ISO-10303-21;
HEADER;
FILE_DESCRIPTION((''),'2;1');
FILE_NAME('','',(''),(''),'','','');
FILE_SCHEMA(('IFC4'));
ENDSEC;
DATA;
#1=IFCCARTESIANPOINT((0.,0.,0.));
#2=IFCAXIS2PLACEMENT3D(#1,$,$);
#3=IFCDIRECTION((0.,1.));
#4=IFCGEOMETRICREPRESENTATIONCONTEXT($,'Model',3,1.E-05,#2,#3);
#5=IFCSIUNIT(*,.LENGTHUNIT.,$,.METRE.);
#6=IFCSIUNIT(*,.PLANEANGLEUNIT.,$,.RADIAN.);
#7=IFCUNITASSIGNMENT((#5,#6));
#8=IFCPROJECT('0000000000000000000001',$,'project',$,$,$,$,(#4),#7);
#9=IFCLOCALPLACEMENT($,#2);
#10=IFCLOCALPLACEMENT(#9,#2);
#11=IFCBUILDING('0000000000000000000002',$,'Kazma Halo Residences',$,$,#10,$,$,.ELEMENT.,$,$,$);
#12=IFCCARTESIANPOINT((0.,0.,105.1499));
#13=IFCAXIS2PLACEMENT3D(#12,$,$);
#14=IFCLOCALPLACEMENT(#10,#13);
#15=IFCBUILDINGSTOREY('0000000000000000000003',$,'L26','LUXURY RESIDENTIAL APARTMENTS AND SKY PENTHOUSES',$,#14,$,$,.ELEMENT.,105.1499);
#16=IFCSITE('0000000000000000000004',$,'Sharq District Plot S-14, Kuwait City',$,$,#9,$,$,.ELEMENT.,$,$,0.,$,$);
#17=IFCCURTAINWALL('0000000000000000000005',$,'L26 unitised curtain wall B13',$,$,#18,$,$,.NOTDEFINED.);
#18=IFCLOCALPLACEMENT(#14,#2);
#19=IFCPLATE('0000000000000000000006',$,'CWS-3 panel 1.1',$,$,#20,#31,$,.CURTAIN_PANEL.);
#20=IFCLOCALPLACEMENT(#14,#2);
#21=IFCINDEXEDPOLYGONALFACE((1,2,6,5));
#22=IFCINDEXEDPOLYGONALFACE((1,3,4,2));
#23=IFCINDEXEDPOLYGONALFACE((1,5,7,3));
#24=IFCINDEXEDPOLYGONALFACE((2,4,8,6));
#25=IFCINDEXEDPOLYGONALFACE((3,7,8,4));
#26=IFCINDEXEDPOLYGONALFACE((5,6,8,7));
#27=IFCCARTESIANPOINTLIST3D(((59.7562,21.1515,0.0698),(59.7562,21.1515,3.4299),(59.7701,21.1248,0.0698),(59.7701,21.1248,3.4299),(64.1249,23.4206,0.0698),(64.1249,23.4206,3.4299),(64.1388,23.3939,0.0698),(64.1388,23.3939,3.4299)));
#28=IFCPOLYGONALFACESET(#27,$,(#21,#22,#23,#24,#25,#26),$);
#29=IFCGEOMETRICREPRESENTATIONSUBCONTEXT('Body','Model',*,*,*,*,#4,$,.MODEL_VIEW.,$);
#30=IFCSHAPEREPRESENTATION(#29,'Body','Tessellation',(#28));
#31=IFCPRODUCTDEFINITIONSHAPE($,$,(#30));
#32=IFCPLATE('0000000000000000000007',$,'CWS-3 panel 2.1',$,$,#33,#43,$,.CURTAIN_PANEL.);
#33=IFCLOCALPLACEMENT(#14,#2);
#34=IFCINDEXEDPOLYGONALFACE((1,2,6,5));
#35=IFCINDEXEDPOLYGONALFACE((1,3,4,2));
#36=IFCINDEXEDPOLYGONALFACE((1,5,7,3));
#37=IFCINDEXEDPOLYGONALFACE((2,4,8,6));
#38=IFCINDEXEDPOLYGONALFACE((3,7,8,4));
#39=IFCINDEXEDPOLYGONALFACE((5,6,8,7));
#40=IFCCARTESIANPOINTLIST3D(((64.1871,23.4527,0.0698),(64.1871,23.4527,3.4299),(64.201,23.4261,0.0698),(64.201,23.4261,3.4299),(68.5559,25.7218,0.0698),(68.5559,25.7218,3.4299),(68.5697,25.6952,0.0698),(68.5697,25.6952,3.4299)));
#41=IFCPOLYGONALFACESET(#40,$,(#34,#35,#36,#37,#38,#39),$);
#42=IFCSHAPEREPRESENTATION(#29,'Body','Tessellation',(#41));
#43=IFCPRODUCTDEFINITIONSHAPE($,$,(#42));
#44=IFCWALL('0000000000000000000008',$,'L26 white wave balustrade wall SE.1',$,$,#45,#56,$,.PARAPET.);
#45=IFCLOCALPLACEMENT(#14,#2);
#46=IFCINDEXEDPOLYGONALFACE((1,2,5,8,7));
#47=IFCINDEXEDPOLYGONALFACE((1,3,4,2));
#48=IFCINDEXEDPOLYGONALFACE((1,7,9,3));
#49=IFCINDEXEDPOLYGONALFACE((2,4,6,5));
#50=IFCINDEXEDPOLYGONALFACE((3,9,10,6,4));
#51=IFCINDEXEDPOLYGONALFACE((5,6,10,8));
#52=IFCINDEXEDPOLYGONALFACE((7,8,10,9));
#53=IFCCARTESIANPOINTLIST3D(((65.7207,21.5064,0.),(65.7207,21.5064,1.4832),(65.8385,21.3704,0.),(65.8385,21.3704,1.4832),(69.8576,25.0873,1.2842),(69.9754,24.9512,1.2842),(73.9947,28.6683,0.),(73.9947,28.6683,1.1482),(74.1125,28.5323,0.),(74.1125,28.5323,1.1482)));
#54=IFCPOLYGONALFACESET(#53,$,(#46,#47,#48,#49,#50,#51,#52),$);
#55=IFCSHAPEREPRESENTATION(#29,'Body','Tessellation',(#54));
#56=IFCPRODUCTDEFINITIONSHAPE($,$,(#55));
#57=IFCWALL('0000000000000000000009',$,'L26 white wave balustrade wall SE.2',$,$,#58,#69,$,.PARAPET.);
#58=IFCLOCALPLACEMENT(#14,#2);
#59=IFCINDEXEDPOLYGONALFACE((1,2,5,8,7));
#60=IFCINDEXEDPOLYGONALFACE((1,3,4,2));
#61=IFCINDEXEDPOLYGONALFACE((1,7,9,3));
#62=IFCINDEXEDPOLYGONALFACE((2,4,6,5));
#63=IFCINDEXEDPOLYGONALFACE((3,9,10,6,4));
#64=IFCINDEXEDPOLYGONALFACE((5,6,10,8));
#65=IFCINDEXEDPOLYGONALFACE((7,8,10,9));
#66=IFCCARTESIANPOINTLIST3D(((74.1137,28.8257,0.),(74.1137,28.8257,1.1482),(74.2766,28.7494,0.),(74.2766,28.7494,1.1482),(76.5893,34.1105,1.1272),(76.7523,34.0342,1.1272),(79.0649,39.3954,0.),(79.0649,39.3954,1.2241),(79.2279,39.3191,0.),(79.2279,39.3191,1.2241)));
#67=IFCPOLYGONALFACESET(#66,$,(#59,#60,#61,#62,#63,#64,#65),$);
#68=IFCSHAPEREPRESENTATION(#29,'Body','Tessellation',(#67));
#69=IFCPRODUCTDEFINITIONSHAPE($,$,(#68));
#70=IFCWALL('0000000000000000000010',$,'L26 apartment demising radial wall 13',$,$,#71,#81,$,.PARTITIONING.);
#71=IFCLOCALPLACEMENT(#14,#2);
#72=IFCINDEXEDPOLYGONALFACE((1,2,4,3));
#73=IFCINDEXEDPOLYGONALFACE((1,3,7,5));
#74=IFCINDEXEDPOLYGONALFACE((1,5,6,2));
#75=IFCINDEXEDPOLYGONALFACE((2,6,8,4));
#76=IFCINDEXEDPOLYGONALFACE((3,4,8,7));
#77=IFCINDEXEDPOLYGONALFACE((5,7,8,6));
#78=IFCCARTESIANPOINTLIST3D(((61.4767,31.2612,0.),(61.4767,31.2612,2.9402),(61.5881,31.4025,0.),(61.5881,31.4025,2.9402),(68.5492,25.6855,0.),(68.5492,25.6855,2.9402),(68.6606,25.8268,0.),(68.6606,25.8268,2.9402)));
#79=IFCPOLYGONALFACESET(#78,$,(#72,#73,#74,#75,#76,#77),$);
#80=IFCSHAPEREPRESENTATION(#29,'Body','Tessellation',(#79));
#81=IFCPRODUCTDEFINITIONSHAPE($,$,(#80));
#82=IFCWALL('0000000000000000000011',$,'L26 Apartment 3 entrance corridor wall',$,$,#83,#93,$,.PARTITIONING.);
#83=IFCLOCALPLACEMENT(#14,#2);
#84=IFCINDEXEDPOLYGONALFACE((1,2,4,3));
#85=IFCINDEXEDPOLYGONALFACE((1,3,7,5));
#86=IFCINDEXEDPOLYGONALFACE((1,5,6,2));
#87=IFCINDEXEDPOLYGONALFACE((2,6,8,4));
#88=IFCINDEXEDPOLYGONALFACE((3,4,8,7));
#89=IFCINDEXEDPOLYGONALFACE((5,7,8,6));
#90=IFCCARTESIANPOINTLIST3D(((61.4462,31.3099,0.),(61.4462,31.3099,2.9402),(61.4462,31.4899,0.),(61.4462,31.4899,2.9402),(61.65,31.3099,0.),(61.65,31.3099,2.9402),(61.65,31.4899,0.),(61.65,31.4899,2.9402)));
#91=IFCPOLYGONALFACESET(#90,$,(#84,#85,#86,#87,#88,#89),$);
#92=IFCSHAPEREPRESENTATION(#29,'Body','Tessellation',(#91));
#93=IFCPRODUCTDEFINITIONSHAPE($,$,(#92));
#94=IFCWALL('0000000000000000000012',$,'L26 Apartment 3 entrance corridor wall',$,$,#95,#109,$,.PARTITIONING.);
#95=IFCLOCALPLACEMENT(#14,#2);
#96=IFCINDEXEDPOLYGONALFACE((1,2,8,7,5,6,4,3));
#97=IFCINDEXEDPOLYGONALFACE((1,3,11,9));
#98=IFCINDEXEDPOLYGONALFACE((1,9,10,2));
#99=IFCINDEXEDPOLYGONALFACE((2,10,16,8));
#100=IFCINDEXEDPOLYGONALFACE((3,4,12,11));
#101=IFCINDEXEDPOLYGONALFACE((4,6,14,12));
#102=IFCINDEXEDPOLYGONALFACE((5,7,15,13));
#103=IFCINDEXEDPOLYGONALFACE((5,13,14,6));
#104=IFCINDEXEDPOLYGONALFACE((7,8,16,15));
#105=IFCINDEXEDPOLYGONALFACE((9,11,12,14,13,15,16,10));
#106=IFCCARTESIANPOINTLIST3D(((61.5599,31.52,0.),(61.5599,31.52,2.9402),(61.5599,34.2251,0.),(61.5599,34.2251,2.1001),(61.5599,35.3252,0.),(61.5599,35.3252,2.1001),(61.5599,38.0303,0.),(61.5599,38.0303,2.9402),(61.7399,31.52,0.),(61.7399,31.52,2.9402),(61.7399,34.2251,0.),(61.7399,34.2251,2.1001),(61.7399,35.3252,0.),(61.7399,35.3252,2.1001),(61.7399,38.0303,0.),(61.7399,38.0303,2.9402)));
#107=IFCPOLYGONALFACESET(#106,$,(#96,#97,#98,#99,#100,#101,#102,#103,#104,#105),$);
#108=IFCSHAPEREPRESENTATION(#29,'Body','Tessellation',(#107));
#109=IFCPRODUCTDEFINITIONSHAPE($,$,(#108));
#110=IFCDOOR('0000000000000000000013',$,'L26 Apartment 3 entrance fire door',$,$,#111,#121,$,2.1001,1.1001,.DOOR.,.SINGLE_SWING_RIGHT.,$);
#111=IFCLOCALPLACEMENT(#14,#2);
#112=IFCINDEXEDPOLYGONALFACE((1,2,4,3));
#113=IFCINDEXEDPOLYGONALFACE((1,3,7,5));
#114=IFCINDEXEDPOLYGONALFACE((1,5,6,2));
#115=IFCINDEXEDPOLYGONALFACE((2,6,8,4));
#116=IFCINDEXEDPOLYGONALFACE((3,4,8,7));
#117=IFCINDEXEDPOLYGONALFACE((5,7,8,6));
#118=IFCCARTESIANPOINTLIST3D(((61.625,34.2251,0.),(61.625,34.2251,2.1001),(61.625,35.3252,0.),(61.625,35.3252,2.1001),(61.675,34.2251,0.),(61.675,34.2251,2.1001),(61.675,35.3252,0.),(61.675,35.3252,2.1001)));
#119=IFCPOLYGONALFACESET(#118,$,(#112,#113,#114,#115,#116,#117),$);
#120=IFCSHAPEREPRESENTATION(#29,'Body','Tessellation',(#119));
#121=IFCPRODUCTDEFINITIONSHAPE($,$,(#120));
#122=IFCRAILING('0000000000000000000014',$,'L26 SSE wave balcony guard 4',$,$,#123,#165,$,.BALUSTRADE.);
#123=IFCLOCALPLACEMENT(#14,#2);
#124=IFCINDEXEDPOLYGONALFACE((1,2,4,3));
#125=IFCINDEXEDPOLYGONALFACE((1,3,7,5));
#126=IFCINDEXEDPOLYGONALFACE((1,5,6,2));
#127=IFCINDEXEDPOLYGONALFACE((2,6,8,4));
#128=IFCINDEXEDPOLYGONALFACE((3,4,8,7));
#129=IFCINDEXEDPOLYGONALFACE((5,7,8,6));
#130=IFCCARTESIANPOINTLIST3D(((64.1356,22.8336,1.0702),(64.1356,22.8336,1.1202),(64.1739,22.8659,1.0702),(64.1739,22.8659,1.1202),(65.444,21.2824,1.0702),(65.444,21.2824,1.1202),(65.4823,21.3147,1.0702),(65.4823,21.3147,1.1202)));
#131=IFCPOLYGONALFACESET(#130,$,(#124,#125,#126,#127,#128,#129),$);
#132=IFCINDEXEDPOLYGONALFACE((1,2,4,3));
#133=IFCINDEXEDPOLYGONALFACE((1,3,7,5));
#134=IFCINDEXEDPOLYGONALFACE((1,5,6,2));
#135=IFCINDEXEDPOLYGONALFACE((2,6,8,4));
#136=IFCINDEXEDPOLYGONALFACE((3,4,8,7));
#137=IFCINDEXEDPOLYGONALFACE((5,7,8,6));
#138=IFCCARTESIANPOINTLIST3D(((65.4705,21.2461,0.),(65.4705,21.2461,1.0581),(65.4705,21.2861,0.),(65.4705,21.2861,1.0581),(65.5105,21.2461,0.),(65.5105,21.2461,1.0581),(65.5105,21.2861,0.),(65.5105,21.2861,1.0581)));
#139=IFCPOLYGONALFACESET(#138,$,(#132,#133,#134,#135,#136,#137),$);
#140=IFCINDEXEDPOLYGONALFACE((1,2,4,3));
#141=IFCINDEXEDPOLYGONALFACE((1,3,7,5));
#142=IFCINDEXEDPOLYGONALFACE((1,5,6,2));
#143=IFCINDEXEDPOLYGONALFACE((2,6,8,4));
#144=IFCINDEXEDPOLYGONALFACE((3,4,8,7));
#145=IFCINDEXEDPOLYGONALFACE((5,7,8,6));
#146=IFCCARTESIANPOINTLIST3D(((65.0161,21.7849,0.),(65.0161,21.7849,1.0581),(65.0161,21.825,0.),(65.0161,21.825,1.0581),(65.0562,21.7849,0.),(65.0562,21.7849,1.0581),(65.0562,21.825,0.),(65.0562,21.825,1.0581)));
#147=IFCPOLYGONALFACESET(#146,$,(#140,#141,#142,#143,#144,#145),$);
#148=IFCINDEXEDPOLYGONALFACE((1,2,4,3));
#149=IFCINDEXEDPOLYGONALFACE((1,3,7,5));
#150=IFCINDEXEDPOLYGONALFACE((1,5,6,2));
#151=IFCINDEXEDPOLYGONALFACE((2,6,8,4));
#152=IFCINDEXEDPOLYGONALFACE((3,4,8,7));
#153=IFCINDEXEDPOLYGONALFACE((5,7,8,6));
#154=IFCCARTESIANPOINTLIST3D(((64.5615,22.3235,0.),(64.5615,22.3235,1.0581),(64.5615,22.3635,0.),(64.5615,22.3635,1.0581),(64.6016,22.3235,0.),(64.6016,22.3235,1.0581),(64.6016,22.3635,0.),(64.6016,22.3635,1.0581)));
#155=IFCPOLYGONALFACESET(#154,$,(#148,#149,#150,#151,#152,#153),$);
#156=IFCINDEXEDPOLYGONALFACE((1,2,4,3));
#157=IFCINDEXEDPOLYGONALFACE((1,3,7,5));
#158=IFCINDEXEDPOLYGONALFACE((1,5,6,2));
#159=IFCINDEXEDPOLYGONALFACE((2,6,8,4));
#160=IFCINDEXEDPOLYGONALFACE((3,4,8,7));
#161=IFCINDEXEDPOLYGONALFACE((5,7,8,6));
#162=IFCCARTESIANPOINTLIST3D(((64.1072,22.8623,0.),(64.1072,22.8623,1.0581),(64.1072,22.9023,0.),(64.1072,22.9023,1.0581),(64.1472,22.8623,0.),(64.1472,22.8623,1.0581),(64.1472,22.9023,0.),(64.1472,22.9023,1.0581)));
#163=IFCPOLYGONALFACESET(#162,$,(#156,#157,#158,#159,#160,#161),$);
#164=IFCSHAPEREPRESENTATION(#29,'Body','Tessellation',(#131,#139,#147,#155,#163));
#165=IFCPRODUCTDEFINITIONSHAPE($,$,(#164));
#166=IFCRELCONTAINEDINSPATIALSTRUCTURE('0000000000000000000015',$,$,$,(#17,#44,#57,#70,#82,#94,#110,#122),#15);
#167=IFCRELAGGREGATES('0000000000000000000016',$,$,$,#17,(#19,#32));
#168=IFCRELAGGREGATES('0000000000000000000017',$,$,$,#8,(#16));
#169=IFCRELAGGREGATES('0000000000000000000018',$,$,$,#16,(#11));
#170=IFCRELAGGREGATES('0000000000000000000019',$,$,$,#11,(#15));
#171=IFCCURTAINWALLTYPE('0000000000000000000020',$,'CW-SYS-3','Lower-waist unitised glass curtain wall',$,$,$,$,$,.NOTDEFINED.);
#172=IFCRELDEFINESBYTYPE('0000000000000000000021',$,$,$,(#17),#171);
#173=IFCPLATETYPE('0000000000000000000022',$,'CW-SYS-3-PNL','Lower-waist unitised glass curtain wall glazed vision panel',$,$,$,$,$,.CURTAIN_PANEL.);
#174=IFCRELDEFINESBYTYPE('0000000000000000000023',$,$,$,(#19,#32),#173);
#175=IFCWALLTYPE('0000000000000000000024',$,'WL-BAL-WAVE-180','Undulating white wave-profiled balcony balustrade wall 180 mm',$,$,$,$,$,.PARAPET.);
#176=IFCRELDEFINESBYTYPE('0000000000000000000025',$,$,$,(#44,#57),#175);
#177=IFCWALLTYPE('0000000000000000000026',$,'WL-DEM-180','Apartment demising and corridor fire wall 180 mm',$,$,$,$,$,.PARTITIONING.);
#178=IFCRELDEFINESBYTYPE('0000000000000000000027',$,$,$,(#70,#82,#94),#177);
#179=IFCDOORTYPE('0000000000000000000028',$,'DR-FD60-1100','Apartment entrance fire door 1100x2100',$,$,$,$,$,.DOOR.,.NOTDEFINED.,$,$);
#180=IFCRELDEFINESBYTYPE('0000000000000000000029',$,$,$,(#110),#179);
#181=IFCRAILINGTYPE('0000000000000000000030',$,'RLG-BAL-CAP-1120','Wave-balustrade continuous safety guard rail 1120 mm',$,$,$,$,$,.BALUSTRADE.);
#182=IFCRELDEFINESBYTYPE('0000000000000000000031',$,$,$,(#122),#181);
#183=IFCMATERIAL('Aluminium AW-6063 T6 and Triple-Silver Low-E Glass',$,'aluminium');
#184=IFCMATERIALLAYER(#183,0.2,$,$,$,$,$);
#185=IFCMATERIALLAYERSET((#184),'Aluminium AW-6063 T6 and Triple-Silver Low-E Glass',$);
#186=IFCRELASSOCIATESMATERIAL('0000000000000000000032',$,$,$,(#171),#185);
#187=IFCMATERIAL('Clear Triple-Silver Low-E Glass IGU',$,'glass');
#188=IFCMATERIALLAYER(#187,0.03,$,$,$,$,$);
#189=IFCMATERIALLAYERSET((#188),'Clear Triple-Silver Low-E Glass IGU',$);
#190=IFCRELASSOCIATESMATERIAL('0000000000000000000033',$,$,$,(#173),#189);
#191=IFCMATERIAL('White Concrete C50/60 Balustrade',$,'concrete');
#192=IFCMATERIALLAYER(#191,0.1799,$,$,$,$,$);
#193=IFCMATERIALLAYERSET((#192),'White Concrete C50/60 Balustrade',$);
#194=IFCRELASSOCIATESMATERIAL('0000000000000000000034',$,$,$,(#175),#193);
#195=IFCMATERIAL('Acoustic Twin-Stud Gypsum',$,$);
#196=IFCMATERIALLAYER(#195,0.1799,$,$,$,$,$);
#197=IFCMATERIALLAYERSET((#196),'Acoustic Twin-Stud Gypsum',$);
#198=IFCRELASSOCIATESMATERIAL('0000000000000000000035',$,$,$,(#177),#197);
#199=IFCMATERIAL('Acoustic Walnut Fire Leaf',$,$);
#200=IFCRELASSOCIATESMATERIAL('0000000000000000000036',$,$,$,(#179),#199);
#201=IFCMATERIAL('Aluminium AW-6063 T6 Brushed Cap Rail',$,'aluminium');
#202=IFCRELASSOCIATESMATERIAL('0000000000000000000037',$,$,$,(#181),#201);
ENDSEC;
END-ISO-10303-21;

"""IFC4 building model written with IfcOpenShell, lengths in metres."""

from ifc_helpers import new_model, si_unit, direction, frame, frame_2d, origin, origin_2d, place, context, subcontext, project, spatial, polyline, rectangle, outline, extrude, material, layer, layer_set, type_object, element, fill, aggregate, save


model = new_model("IFC4")

# Units and contexts
model_context = context("Model", 3, precision=1e-05, world=origin(), true_north=direction((0.0, 1.0)))
body_context = subcontext(model_context, "Body", "Model", "MODEL_VIEW")
ifc_project = project(units=[si_unit("LENGTHUNIT", "METRE"), si_unit("PLANEANGLEUNIT", "RADIAN")], contexts=[model_context])

# Site, building, storey
site_placement = place(None, origin())
site = spatial("IfcSite", under=ifc_project, at=site_placement, Name="Sharq District Plot S-14, Kuwait City", CompositionType="ELEMENT", RefElevation=0.0)
building_placement = place(site_placement, origin())
building = spatial("IfcBuilding", under=site, at=building_placement, Name="Kazma Halo Residences", CompositionType="ELEMENT")
storey_placement = place(building_placement, frame((0.0, 0.0, 105.1499)))
storey = spatial("IfcBuildingStorey", under=building, at=storey_placement, Name="L26", Description="LUXURY RESIDENTIAL APARTMENTS AND SKY PENTHOUSES", CompositionType="ELEMENT", Elevation=105.1499)

# Curtain wall
ifc_material_1 = material(Name="Aluminium AW-6063 T6 and Triple-Silver Low-E Glass", Category="aluminium")
ifc_layer_1 = layer(ifc_material_1, 0.2)
ifc_layer_set_1 = layer_set([ifc_layer_1], Name="Aluminium AW-6063 T6 and Triple-Silver Low-E Glass")
curtain_wall_type = type_object("IfcCurtainWallType", Name="CW-SYS-3", Description="Lower-waist unitised glass curtain wall", PredefinedType="NOTDEFINED", material=ifc_layer_set_1)
curtain_wall_1_placement = place(storey_placement, origin())
curtain_wall_1 = element("IfcCurtainWall", 1, at=curtain_wall_1_placement, inside=storey, type_object=curtain_wall_type, Name="L26 unitised curtain wall B13", PredefinedType="NOTDEFINED")

# Plates
ifc_material_2 = material(Name="Clear Triple-Silver Low-E Glass IGU", Category="glass")
ifc_layer_2 = layer(ifc_material_2, 0.03)
ifc_layer_set_2 = layer_set([ifc_layer_2], Name="Clear Triple-Silver Low-E Glass IGU")
plate_type = type_object("IfcPlateType", Name="CW-SYS-3-PNL", Description="Lower-waist unitised glass curtain wall glazed vision panel", PredefinedType="CURTAIN_PANEL", material=ifc_layer_set_2)
plate_1_placement = place(storey_placement, frame((61.9475, 22.2727, 0.0698), z_axis=(0.0, 0.0, 1.0), x_axis=(0.887435, 0.460932, 0.0)))
plate_1 = element("IfcPlate", 2, at=plate_1_placement, type_object=plate_type, Name="CWS-3 panel 1.1", PredefinedType="CURTAIN_PANEL", context=body_context, shape_type="SweptSolid", body=[
    extrude(rectangle(XDim=4.9229, YDim=0.03, at=origin_2d()), origin(), (0.0, 0.0, 1.0), 3.3601),
])
plate_2_placement = place(storey_placement, frame((66.3784, 24.574, 0.0698), z_axis=(0.0, 0.0, 1.0), x_axis=(0.887435, 0.460932, 0.0)))
plate_2 = element("IfcPlate", 3, at=plate_2_placement, type_object=plate_type, Name="CWS-3 panel 2.1", PredefinedType="CURTAIN_PANEL", context=body_context, shape_type="SweptSolid", body=[
    extrude(rectangle(XDim=4.9229, YDim=0.03, at=origin_2d()), origin(), (0.0, 0.0, 1.0), 3.3601),
])
aggregate(curtain_wall_1, [plate_1, plate_2])

# Walls
ifc_material_3 = material(Name="White Concrete C50/60 Balustrade", Category="concrete")
ifc_layer_3 = layer(ifc_material_3, 0.1799)
ifc_layer_set_3 = layer_set([ifc_layer_3], Name="White Concrete C50/60 Balustrade")
wall_type_1 = type_object("IfcWallType", Name="WL-BAL-WAVE-180", Description="Undulating white wave-profiled balcony balustrade wall 180 mm", PredefinedType="PARAPET", material=ifc_layer_set_3)
wall_1_placement = place(storey_placement, frame((65.7795, 21.4385, 0.0), z_axis=(0.0, 0.0, 1.0), x_axis=(0.75609, 0.654468, 0.0)))
element("IfcWall", 4, at=wall_1_placement, inside=storey, type_object=wall_type_1, Name="L26 white wave balustrade wall SE.1", PredefinedType="PARAPET", context=body_context, shape_type="SweptSolid", body=[
    extrude(outline(polyline([(0.0, 0.0), (10.9431, 0.0), (10.9431, 1.1482), (5.4714, 1.2842), (0.0, 1.4832), (0.0, 0.0)])), frame((0.0, 0.0898, 0.0), z_axis=(0.0, -1.0, 0.0), x_axis=(1.0, 0.0, 0.0)), (0.0, 0.0, 1.0), 0.1799),
])
wall_2_placement = place(storey_placement, frame((74.1951, 28.7876, 0.0), z_axis=(0.0, 0.0, 1.0), x_axis=(0.424201, 0.905568, 0.0)))
element("IfcWall", 5, at=wall_2_placement, inside=storey, type_object=wall_type_1, Name="L26 white wave balustrade wall SE.2", PredefinedType="PARAPET", context=body_context, shape_type="SweptSolid", body=[
    extrude(outline(polyline([(0.0, 0.0), (11.6719, 0.0), (11.6719, 1.2241), (5.8359, 1.1272), (0.0, 1.1482), (0.0, 0.0)])), frame((0.0, 0.0898, 0.0), z_axis=(0.0, -1.0, 0.0), x_axis=(1.0, 0.0, 0.0)), (0.0, 0.0, 1.0), 0.1799),
])
ifc_material_4 = material(Name="Acoustic Twin-Stud Gypsum")
ifc_layer_4 = layer(ifc_material_4, 0.1799)
ifc_layer_set_4 = layer_set([ifc_layer_4], Name="Acoustic Twin-Stud Gypsum")
wall_type_2 = type_object("IfcWallType", Name="WL-DEM-180", Description="Apartment demising and corridor fire wall 180 mm", PredefinedType="PARTITIONING", material=ifc_layer_set_4)
wall_3_placement = place(storey_placement, frame((61.5325, 31.3318, 0.0), z_axis=(0.0, 0.0, 1.0), x_axis=(0.785308, -0.619105, 0.0)))
element("IfcWall", 6, at=wall_3_placement, inside=storey, type_object=wall_type_2, Name="L26 apartment demising radial wall 13", PredefinedType="PARTITIONING", context=body_context, shape_type="SweptSolid", body=[
    extrude(rectangle(XDim=9.0061, YDim=0.1799, at=frame_2d((4.5029, 0.0))), origin(), (0.0, 0.0, 1.0), 2.9402),
])
wall_4_placement = place(storey_placement, frame((61.446, 31.3999, 0.0), z_axis=(0.0, 0.0, 1.0), x_axis=(1.0, 0.0, 0.0)))
element("IfcWall", 7, at=wall_4_placement, inside=storey, type_object=wall_type_2, Name="L26 Apartment 3 entrance corridor wall", PredefinedType="PARTITIONING", context=body_context, shape_type="SweptSolid", body=[
    extrude(rectangle(XDim=0.2039, YDim=0.1799, at=frame_2d((0.1021, 0.0))), origin(), (0.0, 0.0, 1.0), 2.9402),
])

# Wall, opening, door
wall_5_placement = place(storey_placement, frame((61.6499, 31.52, 0.0), z_axis=(0.0, 0.0, 1.0), x_axis=(0.0, 1.0, 0.0)))
wall_5 = element("IfcWall", 8, at=wall_5_placement, inside=storey, type_object=wall_type_2, Name="L26 Apartment 3 entrance corridor wall", PredefinedType="PARTITIONING", context=body_context, shape_type="SweptSolid", body=[
    extrude(rectangle(XDim=6.5103, YDim=0.1799, at=frame_2d((3.2551, 0.0))), origin(), (0.0, 0.0, 1.0), 2.9402),
])
opening_1_placement = place(wall_5_placement, frame((2.7051, 0.0, 0.0)))
opening_1 = element("IfcOpeningElement", 9, at=opening_1_placement, cuts=wall_5, PredefinedType="OPENING", context=body_context, shape_type="SweptSolid", body=[
    extrude(rectangle(XDim=1.1001, YDim=2.1001, at=frame_2d((0.55, 1.05))), frame((0.0, 0.0999, 0.0), z_axis=(0.0, -1.0, 0.0), x_axis=(1.0, 0.0, 0.0)), (0.0, 0.0, 1.0), 0.2),
])
ifc_material_5 = material(Name="Acoustic Walnut Fire Leaf")
door_type_1 = type_object("IfcDoorType", Name="DR-FD60-1100", Description="Apartment entrance fire door 1100x2100", OperationType="NOTDEFINED", PredefinedType="DOOR", material=ifc_material_5)
door_1_placement = place(opening_1_placement, origin())
door_1 = element("IfcDoor", 10, at=door_1_placement, inside=storey, type_object=door_type_1, Name="L26 Apartment 3 entrance fire door", OperationType="SINGLE_SWING_RIGHT", OverallHeight=2.1001, OverallWidth=1.1001, PredefinedType="DOOR", context=body_context, shape_type="SweptSolid", body=[
    extrude(rectangle(XDim=1.1001, YDim=2.1001, at=frame_2d((0.55, 1.05))), frame((0.0, 0.0249, 0.0), z_axis=(0.0, -1.0, 0.0), x_axis=(1.0, 0.0, 0.0)), (0.0, 0.0, 1.0), 0.05),
])
fill(opening_1, door_1)

# Railing
ifc_material_6 = material(Name="Aluminium AW-6063 T6 Brushed Cap Rail", Category="aluminium")
railing_type = type_object("IfcRailingType", Name="RLG-BAL-CAP-1120", Description="Wave-balustrade continuous safety guard rail 1120 mm", PredefinedType="BALUSTRADE", material=ifc_material_6)
railing_1_placement = place(storey_placement, frame((65.4905, 21.2661, 0.0)))
element("IfcRailing", 11, at=railing_1_placement, inside=storey, type_object=railing_type, Name="L26 SSE wave balcony guard 4", PredefinedType="BALUSTRADE", context=body_context, shape_type="SweptSolid", body=[
    extrude(rectangle(XDim=0.05, YDim=0.05, at=origin_2d()), frame((-0.0273, 0.0325, 1.0952), z_axis=(-0.644761, 0.764384, 0.0), x_axis=(-0.764384, -0.644761, 0.0)), (0.0, 0.0, 1.0), 2.0293),
    extrude(rectangle(XDim=0.04, YDim=0.04, at=origin_2d()), origin(), (0.0, 0.0, 1.0), 1.0581),
    extrude(rectangle(XDim=0.04, YDim=0.04, at=origin_2d()), frame((-0.4543, 0.5388, 0.0)), (0.0, 0.0, 1.0), 1.0581),
    extrude(rectangle(XDim=0.04, YDim=0.04, at=origin_2d()), frame((-0.9089, 1.0774, 0.0)), (0.0, 0.0, 1.0), 1.0581),
    extrude(rectangle(XDim=0.04, YDim=0.04, at=origin_2d()), frame((-1.3633, 1.6162, 0.0)), (0.0, 0.0, 1.0), 1.0581),
])

save(model, "model.ifc")
